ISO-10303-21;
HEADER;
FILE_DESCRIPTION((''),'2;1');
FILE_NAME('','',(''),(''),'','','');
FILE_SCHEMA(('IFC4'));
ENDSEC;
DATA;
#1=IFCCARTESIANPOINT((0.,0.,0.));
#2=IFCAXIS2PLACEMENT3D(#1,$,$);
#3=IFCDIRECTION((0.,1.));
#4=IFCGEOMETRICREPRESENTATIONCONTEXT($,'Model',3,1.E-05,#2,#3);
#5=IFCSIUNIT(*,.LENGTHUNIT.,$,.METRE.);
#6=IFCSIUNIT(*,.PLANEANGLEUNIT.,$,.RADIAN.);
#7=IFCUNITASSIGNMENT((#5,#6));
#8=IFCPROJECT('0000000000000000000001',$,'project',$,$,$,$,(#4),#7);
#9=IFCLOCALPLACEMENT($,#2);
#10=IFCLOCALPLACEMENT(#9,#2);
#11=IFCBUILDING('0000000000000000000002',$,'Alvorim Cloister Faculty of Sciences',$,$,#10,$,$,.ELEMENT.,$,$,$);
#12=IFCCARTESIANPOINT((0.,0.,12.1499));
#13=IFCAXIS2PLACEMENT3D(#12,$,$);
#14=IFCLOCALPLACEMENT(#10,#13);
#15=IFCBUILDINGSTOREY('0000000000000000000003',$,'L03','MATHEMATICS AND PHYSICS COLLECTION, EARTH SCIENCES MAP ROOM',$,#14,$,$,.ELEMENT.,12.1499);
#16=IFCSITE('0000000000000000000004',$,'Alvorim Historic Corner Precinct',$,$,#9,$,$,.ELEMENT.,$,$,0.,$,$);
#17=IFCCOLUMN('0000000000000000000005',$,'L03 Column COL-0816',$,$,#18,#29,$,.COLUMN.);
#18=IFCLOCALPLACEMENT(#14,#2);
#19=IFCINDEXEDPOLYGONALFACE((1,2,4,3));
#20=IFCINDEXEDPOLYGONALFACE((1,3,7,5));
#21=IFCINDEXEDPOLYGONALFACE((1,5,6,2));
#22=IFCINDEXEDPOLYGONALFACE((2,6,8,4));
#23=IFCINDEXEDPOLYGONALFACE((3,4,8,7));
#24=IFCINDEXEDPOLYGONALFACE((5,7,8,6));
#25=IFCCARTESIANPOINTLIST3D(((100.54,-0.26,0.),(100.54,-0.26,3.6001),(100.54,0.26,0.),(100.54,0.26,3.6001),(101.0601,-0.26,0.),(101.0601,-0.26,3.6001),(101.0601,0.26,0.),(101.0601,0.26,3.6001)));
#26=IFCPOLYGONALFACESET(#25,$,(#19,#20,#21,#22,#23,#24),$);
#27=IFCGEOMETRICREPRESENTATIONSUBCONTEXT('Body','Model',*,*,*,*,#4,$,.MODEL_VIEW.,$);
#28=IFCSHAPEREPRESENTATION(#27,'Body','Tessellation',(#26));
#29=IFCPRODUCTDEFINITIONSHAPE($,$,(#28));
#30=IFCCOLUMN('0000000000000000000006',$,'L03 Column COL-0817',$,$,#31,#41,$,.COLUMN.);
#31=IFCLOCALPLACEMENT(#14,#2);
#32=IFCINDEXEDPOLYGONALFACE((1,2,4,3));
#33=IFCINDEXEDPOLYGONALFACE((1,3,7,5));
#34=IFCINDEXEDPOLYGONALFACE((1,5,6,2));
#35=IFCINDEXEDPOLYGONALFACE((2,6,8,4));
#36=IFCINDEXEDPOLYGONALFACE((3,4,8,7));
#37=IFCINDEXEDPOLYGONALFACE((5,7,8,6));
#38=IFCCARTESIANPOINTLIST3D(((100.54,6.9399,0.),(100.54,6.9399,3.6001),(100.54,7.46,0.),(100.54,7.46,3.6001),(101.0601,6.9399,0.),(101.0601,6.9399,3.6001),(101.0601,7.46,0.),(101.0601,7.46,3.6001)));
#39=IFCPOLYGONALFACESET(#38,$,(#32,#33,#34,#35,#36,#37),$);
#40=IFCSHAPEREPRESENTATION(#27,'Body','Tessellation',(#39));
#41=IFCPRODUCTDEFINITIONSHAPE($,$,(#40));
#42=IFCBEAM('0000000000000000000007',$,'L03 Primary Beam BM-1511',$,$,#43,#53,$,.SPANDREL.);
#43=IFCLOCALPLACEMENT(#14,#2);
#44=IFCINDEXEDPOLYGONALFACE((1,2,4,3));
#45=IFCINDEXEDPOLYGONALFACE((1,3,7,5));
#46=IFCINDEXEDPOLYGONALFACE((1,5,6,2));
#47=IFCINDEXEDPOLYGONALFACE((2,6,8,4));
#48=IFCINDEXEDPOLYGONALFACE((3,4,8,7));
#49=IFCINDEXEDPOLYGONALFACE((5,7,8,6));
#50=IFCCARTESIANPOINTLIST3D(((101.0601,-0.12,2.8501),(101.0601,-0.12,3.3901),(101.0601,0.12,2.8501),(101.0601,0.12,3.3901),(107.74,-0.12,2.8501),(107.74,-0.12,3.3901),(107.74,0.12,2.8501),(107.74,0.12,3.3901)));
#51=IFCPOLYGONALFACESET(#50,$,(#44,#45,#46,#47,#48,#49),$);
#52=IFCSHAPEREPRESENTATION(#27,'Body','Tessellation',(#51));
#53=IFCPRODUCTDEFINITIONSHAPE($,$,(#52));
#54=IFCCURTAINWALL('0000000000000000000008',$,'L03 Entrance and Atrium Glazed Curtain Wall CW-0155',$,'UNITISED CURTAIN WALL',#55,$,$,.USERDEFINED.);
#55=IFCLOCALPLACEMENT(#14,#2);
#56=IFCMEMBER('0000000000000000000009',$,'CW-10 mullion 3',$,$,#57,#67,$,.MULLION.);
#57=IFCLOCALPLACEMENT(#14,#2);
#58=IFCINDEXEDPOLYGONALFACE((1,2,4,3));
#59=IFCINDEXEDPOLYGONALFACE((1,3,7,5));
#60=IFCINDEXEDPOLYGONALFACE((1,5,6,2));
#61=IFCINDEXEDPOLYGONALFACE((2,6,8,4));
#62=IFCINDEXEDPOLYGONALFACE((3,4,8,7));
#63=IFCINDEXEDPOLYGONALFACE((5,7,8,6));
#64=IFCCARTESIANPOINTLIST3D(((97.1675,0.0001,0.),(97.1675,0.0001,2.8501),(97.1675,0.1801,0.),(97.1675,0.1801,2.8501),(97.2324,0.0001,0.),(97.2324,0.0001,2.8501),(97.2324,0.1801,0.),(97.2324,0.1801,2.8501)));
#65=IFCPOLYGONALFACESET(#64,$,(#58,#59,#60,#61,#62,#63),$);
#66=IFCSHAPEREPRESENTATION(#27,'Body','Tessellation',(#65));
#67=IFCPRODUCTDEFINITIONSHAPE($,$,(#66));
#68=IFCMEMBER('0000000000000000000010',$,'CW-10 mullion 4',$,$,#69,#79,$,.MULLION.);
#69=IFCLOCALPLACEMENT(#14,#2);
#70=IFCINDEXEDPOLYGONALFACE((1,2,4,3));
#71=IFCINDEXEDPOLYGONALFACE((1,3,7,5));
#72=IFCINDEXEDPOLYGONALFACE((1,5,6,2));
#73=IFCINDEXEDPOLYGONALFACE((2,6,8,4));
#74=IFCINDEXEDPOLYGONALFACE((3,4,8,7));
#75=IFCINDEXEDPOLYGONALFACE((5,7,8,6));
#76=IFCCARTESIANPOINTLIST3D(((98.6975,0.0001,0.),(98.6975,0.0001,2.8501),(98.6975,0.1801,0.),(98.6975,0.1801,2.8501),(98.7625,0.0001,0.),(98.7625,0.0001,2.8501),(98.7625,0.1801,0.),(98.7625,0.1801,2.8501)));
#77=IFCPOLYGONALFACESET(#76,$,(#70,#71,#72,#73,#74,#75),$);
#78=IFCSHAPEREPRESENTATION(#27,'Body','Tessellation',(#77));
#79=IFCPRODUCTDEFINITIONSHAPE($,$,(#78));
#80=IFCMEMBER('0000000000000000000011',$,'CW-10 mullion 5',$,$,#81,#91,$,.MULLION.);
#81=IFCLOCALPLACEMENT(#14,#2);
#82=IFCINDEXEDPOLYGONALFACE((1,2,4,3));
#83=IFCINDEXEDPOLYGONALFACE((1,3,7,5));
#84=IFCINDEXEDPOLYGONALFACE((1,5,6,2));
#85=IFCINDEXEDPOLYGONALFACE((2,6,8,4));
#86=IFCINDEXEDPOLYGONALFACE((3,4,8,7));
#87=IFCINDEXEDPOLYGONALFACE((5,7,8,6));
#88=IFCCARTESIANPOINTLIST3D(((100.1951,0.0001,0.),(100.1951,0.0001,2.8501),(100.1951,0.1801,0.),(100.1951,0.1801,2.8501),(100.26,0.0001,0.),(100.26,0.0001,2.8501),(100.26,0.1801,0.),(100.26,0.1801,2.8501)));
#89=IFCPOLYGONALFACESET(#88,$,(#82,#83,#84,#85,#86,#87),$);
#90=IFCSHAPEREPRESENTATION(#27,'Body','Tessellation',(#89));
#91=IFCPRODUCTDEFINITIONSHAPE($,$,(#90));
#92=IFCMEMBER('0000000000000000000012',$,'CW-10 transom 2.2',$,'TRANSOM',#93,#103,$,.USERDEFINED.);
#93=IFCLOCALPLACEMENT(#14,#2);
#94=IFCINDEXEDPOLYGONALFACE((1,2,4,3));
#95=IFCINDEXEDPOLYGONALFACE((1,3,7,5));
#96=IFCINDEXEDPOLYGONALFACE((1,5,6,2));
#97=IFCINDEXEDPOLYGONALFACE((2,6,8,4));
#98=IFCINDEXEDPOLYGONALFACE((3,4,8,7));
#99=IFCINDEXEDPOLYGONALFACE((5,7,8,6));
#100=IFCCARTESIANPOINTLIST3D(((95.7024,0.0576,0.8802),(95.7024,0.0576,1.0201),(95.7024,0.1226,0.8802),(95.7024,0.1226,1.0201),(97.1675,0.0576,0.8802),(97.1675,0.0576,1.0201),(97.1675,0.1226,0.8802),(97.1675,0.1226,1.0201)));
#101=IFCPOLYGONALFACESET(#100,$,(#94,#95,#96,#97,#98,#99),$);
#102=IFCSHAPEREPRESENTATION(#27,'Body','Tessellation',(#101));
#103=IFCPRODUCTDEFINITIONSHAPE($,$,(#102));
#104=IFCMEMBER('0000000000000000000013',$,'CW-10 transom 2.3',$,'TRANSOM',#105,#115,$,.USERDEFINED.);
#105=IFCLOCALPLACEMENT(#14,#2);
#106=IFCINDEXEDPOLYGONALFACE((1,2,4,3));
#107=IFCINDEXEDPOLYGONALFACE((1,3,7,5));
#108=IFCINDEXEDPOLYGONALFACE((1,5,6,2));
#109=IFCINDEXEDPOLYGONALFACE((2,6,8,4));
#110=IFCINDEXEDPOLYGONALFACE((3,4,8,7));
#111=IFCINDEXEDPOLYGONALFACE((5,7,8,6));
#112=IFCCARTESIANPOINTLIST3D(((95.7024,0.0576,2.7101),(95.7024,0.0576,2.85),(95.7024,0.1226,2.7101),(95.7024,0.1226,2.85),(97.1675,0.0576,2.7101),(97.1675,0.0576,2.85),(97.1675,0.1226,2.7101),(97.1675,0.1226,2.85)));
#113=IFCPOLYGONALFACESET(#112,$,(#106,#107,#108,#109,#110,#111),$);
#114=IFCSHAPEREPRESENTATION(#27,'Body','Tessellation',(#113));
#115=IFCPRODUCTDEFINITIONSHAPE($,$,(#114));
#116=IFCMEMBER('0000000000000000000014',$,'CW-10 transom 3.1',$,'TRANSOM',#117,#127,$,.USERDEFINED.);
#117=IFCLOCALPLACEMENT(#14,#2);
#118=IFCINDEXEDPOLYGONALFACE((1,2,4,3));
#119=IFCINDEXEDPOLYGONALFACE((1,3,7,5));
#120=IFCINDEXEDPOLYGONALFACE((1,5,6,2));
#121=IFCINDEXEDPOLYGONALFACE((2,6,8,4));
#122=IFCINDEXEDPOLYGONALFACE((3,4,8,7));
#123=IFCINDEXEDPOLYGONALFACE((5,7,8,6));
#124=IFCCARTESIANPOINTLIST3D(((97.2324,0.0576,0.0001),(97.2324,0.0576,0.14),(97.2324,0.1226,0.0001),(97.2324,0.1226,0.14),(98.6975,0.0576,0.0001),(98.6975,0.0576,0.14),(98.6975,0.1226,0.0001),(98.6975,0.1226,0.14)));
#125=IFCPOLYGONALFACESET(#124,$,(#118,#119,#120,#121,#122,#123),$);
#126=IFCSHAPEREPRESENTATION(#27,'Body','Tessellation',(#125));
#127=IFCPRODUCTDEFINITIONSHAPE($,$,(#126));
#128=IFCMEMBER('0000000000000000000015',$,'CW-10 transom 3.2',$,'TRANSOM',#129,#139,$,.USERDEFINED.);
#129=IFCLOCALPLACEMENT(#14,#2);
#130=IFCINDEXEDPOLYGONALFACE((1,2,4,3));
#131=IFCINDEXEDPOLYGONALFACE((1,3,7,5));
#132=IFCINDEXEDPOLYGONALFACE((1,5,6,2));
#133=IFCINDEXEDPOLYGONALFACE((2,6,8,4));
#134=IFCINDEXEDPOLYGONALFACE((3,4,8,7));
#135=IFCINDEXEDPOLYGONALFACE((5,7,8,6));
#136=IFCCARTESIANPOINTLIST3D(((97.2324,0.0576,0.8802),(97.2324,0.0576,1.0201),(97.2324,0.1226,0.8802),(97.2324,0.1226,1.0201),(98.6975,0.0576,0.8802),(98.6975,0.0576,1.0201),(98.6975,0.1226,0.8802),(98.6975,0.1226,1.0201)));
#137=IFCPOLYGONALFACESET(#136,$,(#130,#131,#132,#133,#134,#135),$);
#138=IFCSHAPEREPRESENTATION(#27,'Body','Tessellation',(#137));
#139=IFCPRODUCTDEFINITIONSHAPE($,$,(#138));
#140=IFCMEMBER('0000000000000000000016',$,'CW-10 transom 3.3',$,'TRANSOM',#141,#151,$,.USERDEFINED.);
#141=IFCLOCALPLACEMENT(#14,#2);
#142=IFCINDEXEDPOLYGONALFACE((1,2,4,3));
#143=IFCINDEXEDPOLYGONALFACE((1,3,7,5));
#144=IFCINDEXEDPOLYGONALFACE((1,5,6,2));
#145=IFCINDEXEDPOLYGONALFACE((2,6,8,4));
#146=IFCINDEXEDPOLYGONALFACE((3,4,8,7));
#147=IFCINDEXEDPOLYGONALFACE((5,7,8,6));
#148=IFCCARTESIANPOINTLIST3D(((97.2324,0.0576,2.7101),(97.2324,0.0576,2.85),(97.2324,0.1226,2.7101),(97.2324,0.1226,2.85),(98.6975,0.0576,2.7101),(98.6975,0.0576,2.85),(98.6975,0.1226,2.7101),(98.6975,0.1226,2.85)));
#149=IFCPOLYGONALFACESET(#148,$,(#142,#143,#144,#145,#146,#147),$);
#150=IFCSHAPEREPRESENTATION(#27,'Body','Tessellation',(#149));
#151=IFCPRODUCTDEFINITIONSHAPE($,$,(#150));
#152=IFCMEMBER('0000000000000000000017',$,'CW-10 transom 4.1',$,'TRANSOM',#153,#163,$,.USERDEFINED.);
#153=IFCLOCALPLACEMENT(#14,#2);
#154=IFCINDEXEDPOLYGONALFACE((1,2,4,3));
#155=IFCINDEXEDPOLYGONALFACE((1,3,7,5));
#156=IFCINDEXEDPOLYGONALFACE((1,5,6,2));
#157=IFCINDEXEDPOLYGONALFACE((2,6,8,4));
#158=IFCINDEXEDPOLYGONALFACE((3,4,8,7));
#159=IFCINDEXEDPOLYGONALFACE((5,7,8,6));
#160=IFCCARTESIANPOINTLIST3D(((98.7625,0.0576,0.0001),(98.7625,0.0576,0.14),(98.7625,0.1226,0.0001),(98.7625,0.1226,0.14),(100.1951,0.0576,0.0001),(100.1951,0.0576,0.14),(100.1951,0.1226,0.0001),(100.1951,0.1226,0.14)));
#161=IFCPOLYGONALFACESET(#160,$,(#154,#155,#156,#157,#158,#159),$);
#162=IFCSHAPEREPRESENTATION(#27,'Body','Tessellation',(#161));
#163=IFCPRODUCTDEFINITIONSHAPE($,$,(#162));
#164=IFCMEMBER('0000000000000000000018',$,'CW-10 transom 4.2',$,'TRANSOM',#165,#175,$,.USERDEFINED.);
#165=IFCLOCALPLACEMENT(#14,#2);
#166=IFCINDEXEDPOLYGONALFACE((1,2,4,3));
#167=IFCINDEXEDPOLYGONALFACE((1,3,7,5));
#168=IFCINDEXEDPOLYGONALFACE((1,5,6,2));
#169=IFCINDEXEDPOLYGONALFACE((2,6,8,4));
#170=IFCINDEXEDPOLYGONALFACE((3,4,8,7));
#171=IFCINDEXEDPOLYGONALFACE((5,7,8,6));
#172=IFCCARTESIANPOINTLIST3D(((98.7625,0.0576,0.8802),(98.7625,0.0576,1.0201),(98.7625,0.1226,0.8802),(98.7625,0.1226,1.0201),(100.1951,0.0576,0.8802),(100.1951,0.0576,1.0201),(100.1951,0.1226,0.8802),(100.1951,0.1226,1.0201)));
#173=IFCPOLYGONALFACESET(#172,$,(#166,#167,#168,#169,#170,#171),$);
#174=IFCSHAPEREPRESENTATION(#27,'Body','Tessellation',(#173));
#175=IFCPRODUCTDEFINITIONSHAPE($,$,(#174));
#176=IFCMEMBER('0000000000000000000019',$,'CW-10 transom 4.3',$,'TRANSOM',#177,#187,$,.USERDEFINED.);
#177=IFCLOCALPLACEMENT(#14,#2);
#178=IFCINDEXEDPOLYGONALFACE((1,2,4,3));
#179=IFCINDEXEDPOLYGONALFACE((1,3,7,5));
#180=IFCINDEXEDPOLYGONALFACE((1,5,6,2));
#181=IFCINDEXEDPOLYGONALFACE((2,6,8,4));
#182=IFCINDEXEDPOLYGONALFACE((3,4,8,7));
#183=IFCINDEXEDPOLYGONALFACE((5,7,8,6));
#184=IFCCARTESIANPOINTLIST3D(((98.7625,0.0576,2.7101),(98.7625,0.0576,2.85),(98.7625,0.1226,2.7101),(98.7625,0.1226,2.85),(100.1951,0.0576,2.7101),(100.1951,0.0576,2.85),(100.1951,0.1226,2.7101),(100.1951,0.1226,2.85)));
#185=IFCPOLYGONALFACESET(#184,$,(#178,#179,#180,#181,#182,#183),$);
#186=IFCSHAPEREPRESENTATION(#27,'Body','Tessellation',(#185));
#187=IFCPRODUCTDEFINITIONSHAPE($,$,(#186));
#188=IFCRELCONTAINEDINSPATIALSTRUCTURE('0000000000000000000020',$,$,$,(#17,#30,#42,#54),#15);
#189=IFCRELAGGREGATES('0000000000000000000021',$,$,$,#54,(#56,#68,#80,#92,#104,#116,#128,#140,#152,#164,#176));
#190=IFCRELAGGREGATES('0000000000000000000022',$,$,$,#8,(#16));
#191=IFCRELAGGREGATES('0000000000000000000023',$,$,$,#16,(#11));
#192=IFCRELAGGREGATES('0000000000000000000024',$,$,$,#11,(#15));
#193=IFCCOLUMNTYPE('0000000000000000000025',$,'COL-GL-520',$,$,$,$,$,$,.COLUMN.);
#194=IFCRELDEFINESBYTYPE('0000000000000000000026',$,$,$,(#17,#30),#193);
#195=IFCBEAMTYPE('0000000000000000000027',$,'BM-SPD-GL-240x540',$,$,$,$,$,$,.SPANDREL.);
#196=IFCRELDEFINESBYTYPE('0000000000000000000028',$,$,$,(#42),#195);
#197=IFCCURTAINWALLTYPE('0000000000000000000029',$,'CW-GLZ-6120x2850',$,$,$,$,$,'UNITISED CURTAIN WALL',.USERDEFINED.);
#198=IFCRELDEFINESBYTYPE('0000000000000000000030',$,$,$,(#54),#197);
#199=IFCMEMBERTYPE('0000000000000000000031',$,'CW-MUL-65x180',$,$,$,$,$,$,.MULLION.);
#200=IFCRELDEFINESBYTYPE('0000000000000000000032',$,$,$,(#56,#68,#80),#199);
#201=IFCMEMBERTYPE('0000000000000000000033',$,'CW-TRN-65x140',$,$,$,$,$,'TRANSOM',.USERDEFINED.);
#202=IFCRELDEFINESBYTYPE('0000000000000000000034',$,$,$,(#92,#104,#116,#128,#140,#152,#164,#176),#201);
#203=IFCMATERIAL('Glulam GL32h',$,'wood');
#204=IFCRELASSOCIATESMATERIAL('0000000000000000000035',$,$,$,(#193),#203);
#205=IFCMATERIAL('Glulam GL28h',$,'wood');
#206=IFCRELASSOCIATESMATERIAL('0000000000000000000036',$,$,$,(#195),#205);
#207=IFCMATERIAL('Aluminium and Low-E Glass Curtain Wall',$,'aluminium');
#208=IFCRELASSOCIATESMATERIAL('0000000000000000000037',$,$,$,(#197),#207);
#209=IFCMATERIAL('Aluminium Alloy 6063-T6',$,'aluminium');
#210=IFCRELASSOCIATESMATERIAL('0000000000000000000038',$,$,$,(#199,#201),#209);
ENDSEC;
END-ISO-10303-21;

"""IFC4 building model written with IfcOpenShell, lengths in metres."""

from ifc_helpers import new_model, si_unit, direction, frame, origin, origin_2d, place, context, subcontext, project, spatial, rectangle, extrude, material, material_profile, profile_set, type_object, element, aggregate, save


model = new_model("IFC4")

# Units and contexts
model_context = context("Model", 3, precision=1e-05, world=origin(), true_north=direction((0.0, 1.0)))
body_context = subcontext(model_context, "Body", "Model", "MODEL_VIEW")
ifc_project = project(units=[si_unit("LENGTHUNIT", "METRE"), si_unit("PLANEANGLEUNIT", "RADIAN")], contexts=[model_context])

# Site, building, storey
site_placement = place(None, origin())
site = spatial("IfcSite", under=ifc_project, at=site_placement, Name="Alvorim Historic Corner Precinct", CompositionType="ELEMENT", RefElevation=0.0)
building_placement = place(site_placement, origin())
building = spatial("IfcBuilding", under=site, at=building_placement, Name="Alvorim Cloister Faculty of Sciences", CompositionType="ELEMENT")
storey_placement = place(building_placement, frame((0.0, 0.0, 12.1499)))
storey = spatial("IfcBuildingStorey", under=building, at=storey_placement, Name="L03", Description="MATHEMATICS AND PHYSICS COLLECTION, EARTH SCIENCES MAP ROOM", CompositionType="ELEMENT", Elevation=12.1499)

# Columns
ifc_material_1 = material(Name="Glulam GL32h", Category="wood")
ifc_material_profile_1 = material_profile(ifc_material_1, rectangle(XDim=0.52, YDim=0.52, at=origin_2d()), Name="GL32-COL-520x520")
ifc_profile_set_1 = profile_set([ifc_material_profile_1], Name="Glulam GL32h")
column_type = type_object("IfcColumnType", Name="COL-GL-520", PredefinedType="COLUMN", material=ifc_profile_set_1)
for number, where, z_axis, x_axis, name in (
    (1, (100.8, 0.0, 0.0), (0.0, 0.0, 1.0), (1.0, 0.0, 0.0), "L03 Column COL-0816"),
    (2, (100.8, 7.2, 0.0), (0.0, 0.0, 1.0), (1.0, 0.0, 0.0), "L03 Column COL-0817"),
):
    element("IfcColumn", number, at=place(storey_placement, frame(where, z_axis=z_axis, x_axis=x_axis)), inside=storey, type_object=column_type, Name=name, PredefinedType="COLUMN", context=body_context, shape_type="SweptSolid", body=[
        extrude(rectangle(XDim=0.52, YDim=0.52, at=origin_2d()), origin(), (0.0, 0.0, 1.0), 3.6001),
    ])

# Beam
ifc_material_2 = material(Name="Glulam GL28h", Category="wood")
ifc_material_profile_2 = material_profile(ifc_material_2, rectangle(XDim=0.24, YDim=0.54, at=origin_2d()), Name="GL28-SPD-240x540")
ifc_profile_set_2 = profile_set([ifc_material_profile_2], Name="Glulam GL28h")
beam_type = type_object("IfcBeamType", Name="BM-SPD-GL-240x540", PredefinedType="SPANDREL", material=ifc_profile_set_2)
beam_placement = place(storey_placement, frame((101.0601, 0.0, 3.1201), z_axis=(1.0, 0.0, 0.0), x_axis=(0.0, 1.0, 0.0)))
element("IfcBeam", 3, at=beam_placement, inside=storey, type_object=beam_type, Name="L03 Primary Beam BM-1511", PredefinedType="SPANDREL", context=body_context, shape_type="SweptSolid", body=[
    extrude(rectangle(XDim=0.24, YDim=0.54, at=origin_2d()), origin(), (0.0, 0.0, 1.0), 6.6799),
])

# Curtain wall, members
ifc_material_3 = material(Name="Aluminium and Low-E Glass Curtain Wall", Category="aluminium")
curtain_wall_type = type_object("IfcCurtainWallType", Name="CW-GLZ-6120x2850", ElementType="UNITISED CURTAIN WALL", PredefinedType="USERDEFINED", material=ifc_material_3)
curtain_wall_placement = place(storey_placement, origin())
curtain_wall = element("IfcCurtainWall", 4, at=curtain_wall_placement, inside=storey, type_object=curtain_wall_type, Name="L03 Entrance and Atrium Glazed Curtain Wall CW-0155", ObjectType="UNITISED CURTAIN WALL", PredefinedType="USERDEFINED")
ifc_material_4 = material(Name="Aluminium Alloy 6063-T6", Category="aluminium")
ifc_material_profile_3 = material_profile(ifc_material_4, rectangle(XDim=0.0649, YDim=0.1799, at=origin_2d()), Name="ALU-MUL-65x180")
ifc_profile_set_3 = profile_set([ifc_material_profile_3], Name="Aluminium Alloy 6063-T6")
member_type_1 = type_object("IfcMemberType", Name="CW-MUL-65x180", PredefinedType="MULLION", material=ifc_profile_set_3)
member_1_placement = place(storey_placement, frame((97.2, 0.0901, 0.0), z_axis=(0.0, 0.0, 1.0), x_axis=(1.0, 0.0, 0.0)))
member_1 = element("IfcMember", 5, at=member_1_placement, type_object=member_type_1, Name="CW-10 mullion 3", PredefinedType="MULLION", context=body_context, shape_type="SweptSolid", body=[
    extrude(rectangle(XDim=0.0649, YDim=0.1799, at=origin_2d()), origin(), (0.0, 0.0, 1.0), 2.8501),
])
member_2_placement = place(storey_placement, frame((98.73, 0.0901, 0.0), z_axis=(0.0, 0.0, 1.0), x_axis=(1.0, 0.0, 0.0)))
member_2 = element("IfcMember", 6, at=member_2_placement, type_object=member_type_1, Name="CW-10 mullion 4", PredefinedType="MULLION", context=body_context, shape_type="SweptSolid", body=[
    extrude(rectangle(XDim=0.0649, YDim=0.1799, at=origin_2d()), origin(), (0.0, 0.0, 1.0), 2.8501),
])
member_3_placement = place(storey_placement, frame((100.2275, 0.0901, 0.0), z_axis=(0.0, 0.0, 1.0), x_axis=(1.0, 0.0, 0.0)))
member_3 = element("IfcMember", 7, at=member_3_placement, type_object=member_type_1, Name="CW-10 mullion 5", PredefinedType="MULLION", context=body_context, shape_type="SweptSolid", body=[
    extrude(rectangle(XDim=0.0649, YDim=0.1799, at=origin_2d()), origin(), (0.0, 0.0, 1.0), 2.8501),
])
ifc_material_profile_4 = material_profile(ifc_material_4, rectangle(XDim=0.0649, YDim=0.1399, at=origin_2d()), Name="ALU-TRN-65x140")
ifc_profile_set_4 = profile_set([ifc_material_profile_4], Name="Aluminium Alloy 6063-T6")
member_type_2 = type_object("IfcMemberType", Name="CW-TRN-65x140", ElementType="TRANSOM", PredefinedType="USERDEFINED", material=ifc_profile_set_4)
member_4_placement = place(storey_placement, frame((95.7024, 0.0901, 0.9502), z_axis=(1.0, 0.0, 0.0), x_axis=(0.0, 1.0, 0.0)))
member_4 = element("IfcMember", 8, at=member_4_placement, type_object=member_type_2, Name="CW-10 transom 2.2", ObjectType="TRANSOM", PredefinedType="USERDEFINED", context=body_context, shape_type="SweptSolid", body=[
    extrude(rectangle(XDim=0.0649, YDim=0.1399, at=origin_2d()), origin(), (0.0, 0.0, 1.0), 1.4651),
])
member_5_placement = place(storey_placement, frame((95.7024, 0.0901, 2.78), z_axis=(1.0, 0.0, 0.0), x_axis=(0.0, 1.0, 0.0)))
member_5 = element("IfcMember", 9, at=member_5_placement, type_object=member_type_2, Name="CW-10 transom 2.3", ObjectType="TRANSOM", PredefinedType="USERDEFINED", context=body_context, shape_type="SweptSolid", body=[
    extrude(rectangle(XDim=0.0649, YDim=0.1399, at=origin_2d()), origin(), (0.0, 0.0, 1.0), 1.4651),
])
member_6_placement = place(storey_placement, frame((97.2324, 0.0901, 0.0701), z_axis=(1.0, 0.0, 0.0), x_axis=(0.0, 1.0, 0.0)))
member_6 = element("IfcMember", 10, at=member_6_placement, type_object=member_type_2, Name="CW-10 transom 3.1", ObjectType="TRANSOM", PredefinedType="USERDEFINED", context=body_context, shape_type="SweptSolid", body=[
    extrude(rectangle(XDim=0.0649, YDim=0.1399, at=origin_2d()), origin(), (0.0, 0.0, 1.0), 1.4651),
])
member_7_placement = place(storey_placement, frame((97.2324, 0.0901, 0.9502), z_axis=(1.0, 0.0, 0.0), x_axis=(0.0, 1.0, 0.0)))
member_7 = element("IfcMember", 11, at=member_7_placement, type_object=member_type_2, Name="CW-10 transom 3.2", ObjectType="TRANSOM", PredefinedType="USERDEFINED", context=body_context, shape_type="SweptSolid", body=[
    extrude(rectangle(XDim=0.0649, YDim=0.1399, at=origin_2d()), origin(), (0.0, 0.0, 1.0), 1.4651),
])
member_8_placement = place(storey_placement, frame((97.2324, 0.0901, 2.78), z_axis=(1.0, 0.0, 0.0), x_axis=(0.0, 1.0, 0.0)))
member_8 = element("IfcMember", 12, at=member_8_placement, type_object=member_type_2, Name="CW-10 transom 3.3", ObjectType="TRANSOM", PredefinedType="USERDEFINED", context=body_context, shape_type="SweptSolid", body=[
    extrude(rectangle(XDim=0.0649, YDim=0.1399, at=origin_2d()), origin(), (0.0, 0.0, 1.0), 1.4651),
])
member_9_placement = place(storey_placement, frame((98.7625, 0.0901, 0.0701), z_axis=(1.0, 0.0, 0.0), x_axis=(0.0, 1.0, 0.0)))
member_9 = element("IfcMember", 13, at=member_9_placement, type_object=member_type_2, Name="CW-10 transom 4.1", ObjectType="TRANSOM", PredefinedType="USERDEFINED", context=body_context, shape_type="SweptSolid", body=[
    extrude(rectangle(XDim=0.0649, YDim=0.1399, at=origin_2d()), origin(), (0.0, 0.0, 1.0), 1.4326),
])
member_10_placement = place(storey_placement, frame((98.7625, 0.0901, 0.9502), z_axis=(1.0, 0.0, 0.0), x_axis=(0.0, 1.0, 0.0)))
member_10 = element("IfcMember", 14, at=member_10_placement, type_object=member_type_2, Name="CW-10 transom 4.2", ObjectType="TRANSOM", PredefinedType="USERDEFINED", context=body_context, shape_type="SweptSolid", body=[
    extrude(rectangle(XDim=0.0649, YDim=0.1399, at=origin_2d()), origin(), (0.0, 0.0, 1.0), 1.4326),
])
member_11_placement = place(storey_placement, frame((98.7625, 0.0901, 2.78), z_axis=(1.0, 0.0, 0.0), x_axis=(0.0, 1.0, 0.0)))
member_11 = element("IfcMember", 15, at=member_11_placement, type_object=member_type_2, Name="CW-10 transom 4.3", ObjectType="TRANSOM", PredefinedType="USERDEFINED", context=body_context, shape_type="SweptSolid", body=[
    extrude(rectangle(XDim=0.0649, YDim=0.1399, at=origin_2d()), origin(), (0.0, 0.0, 1.0), 1.4326),
])
aggregate(curtain_wall, [member_1, member_2, member_3, member_4, member_5, member_6, member_7, member_8, member_9, member_10, member_11])

save(model, "model.ifc")
